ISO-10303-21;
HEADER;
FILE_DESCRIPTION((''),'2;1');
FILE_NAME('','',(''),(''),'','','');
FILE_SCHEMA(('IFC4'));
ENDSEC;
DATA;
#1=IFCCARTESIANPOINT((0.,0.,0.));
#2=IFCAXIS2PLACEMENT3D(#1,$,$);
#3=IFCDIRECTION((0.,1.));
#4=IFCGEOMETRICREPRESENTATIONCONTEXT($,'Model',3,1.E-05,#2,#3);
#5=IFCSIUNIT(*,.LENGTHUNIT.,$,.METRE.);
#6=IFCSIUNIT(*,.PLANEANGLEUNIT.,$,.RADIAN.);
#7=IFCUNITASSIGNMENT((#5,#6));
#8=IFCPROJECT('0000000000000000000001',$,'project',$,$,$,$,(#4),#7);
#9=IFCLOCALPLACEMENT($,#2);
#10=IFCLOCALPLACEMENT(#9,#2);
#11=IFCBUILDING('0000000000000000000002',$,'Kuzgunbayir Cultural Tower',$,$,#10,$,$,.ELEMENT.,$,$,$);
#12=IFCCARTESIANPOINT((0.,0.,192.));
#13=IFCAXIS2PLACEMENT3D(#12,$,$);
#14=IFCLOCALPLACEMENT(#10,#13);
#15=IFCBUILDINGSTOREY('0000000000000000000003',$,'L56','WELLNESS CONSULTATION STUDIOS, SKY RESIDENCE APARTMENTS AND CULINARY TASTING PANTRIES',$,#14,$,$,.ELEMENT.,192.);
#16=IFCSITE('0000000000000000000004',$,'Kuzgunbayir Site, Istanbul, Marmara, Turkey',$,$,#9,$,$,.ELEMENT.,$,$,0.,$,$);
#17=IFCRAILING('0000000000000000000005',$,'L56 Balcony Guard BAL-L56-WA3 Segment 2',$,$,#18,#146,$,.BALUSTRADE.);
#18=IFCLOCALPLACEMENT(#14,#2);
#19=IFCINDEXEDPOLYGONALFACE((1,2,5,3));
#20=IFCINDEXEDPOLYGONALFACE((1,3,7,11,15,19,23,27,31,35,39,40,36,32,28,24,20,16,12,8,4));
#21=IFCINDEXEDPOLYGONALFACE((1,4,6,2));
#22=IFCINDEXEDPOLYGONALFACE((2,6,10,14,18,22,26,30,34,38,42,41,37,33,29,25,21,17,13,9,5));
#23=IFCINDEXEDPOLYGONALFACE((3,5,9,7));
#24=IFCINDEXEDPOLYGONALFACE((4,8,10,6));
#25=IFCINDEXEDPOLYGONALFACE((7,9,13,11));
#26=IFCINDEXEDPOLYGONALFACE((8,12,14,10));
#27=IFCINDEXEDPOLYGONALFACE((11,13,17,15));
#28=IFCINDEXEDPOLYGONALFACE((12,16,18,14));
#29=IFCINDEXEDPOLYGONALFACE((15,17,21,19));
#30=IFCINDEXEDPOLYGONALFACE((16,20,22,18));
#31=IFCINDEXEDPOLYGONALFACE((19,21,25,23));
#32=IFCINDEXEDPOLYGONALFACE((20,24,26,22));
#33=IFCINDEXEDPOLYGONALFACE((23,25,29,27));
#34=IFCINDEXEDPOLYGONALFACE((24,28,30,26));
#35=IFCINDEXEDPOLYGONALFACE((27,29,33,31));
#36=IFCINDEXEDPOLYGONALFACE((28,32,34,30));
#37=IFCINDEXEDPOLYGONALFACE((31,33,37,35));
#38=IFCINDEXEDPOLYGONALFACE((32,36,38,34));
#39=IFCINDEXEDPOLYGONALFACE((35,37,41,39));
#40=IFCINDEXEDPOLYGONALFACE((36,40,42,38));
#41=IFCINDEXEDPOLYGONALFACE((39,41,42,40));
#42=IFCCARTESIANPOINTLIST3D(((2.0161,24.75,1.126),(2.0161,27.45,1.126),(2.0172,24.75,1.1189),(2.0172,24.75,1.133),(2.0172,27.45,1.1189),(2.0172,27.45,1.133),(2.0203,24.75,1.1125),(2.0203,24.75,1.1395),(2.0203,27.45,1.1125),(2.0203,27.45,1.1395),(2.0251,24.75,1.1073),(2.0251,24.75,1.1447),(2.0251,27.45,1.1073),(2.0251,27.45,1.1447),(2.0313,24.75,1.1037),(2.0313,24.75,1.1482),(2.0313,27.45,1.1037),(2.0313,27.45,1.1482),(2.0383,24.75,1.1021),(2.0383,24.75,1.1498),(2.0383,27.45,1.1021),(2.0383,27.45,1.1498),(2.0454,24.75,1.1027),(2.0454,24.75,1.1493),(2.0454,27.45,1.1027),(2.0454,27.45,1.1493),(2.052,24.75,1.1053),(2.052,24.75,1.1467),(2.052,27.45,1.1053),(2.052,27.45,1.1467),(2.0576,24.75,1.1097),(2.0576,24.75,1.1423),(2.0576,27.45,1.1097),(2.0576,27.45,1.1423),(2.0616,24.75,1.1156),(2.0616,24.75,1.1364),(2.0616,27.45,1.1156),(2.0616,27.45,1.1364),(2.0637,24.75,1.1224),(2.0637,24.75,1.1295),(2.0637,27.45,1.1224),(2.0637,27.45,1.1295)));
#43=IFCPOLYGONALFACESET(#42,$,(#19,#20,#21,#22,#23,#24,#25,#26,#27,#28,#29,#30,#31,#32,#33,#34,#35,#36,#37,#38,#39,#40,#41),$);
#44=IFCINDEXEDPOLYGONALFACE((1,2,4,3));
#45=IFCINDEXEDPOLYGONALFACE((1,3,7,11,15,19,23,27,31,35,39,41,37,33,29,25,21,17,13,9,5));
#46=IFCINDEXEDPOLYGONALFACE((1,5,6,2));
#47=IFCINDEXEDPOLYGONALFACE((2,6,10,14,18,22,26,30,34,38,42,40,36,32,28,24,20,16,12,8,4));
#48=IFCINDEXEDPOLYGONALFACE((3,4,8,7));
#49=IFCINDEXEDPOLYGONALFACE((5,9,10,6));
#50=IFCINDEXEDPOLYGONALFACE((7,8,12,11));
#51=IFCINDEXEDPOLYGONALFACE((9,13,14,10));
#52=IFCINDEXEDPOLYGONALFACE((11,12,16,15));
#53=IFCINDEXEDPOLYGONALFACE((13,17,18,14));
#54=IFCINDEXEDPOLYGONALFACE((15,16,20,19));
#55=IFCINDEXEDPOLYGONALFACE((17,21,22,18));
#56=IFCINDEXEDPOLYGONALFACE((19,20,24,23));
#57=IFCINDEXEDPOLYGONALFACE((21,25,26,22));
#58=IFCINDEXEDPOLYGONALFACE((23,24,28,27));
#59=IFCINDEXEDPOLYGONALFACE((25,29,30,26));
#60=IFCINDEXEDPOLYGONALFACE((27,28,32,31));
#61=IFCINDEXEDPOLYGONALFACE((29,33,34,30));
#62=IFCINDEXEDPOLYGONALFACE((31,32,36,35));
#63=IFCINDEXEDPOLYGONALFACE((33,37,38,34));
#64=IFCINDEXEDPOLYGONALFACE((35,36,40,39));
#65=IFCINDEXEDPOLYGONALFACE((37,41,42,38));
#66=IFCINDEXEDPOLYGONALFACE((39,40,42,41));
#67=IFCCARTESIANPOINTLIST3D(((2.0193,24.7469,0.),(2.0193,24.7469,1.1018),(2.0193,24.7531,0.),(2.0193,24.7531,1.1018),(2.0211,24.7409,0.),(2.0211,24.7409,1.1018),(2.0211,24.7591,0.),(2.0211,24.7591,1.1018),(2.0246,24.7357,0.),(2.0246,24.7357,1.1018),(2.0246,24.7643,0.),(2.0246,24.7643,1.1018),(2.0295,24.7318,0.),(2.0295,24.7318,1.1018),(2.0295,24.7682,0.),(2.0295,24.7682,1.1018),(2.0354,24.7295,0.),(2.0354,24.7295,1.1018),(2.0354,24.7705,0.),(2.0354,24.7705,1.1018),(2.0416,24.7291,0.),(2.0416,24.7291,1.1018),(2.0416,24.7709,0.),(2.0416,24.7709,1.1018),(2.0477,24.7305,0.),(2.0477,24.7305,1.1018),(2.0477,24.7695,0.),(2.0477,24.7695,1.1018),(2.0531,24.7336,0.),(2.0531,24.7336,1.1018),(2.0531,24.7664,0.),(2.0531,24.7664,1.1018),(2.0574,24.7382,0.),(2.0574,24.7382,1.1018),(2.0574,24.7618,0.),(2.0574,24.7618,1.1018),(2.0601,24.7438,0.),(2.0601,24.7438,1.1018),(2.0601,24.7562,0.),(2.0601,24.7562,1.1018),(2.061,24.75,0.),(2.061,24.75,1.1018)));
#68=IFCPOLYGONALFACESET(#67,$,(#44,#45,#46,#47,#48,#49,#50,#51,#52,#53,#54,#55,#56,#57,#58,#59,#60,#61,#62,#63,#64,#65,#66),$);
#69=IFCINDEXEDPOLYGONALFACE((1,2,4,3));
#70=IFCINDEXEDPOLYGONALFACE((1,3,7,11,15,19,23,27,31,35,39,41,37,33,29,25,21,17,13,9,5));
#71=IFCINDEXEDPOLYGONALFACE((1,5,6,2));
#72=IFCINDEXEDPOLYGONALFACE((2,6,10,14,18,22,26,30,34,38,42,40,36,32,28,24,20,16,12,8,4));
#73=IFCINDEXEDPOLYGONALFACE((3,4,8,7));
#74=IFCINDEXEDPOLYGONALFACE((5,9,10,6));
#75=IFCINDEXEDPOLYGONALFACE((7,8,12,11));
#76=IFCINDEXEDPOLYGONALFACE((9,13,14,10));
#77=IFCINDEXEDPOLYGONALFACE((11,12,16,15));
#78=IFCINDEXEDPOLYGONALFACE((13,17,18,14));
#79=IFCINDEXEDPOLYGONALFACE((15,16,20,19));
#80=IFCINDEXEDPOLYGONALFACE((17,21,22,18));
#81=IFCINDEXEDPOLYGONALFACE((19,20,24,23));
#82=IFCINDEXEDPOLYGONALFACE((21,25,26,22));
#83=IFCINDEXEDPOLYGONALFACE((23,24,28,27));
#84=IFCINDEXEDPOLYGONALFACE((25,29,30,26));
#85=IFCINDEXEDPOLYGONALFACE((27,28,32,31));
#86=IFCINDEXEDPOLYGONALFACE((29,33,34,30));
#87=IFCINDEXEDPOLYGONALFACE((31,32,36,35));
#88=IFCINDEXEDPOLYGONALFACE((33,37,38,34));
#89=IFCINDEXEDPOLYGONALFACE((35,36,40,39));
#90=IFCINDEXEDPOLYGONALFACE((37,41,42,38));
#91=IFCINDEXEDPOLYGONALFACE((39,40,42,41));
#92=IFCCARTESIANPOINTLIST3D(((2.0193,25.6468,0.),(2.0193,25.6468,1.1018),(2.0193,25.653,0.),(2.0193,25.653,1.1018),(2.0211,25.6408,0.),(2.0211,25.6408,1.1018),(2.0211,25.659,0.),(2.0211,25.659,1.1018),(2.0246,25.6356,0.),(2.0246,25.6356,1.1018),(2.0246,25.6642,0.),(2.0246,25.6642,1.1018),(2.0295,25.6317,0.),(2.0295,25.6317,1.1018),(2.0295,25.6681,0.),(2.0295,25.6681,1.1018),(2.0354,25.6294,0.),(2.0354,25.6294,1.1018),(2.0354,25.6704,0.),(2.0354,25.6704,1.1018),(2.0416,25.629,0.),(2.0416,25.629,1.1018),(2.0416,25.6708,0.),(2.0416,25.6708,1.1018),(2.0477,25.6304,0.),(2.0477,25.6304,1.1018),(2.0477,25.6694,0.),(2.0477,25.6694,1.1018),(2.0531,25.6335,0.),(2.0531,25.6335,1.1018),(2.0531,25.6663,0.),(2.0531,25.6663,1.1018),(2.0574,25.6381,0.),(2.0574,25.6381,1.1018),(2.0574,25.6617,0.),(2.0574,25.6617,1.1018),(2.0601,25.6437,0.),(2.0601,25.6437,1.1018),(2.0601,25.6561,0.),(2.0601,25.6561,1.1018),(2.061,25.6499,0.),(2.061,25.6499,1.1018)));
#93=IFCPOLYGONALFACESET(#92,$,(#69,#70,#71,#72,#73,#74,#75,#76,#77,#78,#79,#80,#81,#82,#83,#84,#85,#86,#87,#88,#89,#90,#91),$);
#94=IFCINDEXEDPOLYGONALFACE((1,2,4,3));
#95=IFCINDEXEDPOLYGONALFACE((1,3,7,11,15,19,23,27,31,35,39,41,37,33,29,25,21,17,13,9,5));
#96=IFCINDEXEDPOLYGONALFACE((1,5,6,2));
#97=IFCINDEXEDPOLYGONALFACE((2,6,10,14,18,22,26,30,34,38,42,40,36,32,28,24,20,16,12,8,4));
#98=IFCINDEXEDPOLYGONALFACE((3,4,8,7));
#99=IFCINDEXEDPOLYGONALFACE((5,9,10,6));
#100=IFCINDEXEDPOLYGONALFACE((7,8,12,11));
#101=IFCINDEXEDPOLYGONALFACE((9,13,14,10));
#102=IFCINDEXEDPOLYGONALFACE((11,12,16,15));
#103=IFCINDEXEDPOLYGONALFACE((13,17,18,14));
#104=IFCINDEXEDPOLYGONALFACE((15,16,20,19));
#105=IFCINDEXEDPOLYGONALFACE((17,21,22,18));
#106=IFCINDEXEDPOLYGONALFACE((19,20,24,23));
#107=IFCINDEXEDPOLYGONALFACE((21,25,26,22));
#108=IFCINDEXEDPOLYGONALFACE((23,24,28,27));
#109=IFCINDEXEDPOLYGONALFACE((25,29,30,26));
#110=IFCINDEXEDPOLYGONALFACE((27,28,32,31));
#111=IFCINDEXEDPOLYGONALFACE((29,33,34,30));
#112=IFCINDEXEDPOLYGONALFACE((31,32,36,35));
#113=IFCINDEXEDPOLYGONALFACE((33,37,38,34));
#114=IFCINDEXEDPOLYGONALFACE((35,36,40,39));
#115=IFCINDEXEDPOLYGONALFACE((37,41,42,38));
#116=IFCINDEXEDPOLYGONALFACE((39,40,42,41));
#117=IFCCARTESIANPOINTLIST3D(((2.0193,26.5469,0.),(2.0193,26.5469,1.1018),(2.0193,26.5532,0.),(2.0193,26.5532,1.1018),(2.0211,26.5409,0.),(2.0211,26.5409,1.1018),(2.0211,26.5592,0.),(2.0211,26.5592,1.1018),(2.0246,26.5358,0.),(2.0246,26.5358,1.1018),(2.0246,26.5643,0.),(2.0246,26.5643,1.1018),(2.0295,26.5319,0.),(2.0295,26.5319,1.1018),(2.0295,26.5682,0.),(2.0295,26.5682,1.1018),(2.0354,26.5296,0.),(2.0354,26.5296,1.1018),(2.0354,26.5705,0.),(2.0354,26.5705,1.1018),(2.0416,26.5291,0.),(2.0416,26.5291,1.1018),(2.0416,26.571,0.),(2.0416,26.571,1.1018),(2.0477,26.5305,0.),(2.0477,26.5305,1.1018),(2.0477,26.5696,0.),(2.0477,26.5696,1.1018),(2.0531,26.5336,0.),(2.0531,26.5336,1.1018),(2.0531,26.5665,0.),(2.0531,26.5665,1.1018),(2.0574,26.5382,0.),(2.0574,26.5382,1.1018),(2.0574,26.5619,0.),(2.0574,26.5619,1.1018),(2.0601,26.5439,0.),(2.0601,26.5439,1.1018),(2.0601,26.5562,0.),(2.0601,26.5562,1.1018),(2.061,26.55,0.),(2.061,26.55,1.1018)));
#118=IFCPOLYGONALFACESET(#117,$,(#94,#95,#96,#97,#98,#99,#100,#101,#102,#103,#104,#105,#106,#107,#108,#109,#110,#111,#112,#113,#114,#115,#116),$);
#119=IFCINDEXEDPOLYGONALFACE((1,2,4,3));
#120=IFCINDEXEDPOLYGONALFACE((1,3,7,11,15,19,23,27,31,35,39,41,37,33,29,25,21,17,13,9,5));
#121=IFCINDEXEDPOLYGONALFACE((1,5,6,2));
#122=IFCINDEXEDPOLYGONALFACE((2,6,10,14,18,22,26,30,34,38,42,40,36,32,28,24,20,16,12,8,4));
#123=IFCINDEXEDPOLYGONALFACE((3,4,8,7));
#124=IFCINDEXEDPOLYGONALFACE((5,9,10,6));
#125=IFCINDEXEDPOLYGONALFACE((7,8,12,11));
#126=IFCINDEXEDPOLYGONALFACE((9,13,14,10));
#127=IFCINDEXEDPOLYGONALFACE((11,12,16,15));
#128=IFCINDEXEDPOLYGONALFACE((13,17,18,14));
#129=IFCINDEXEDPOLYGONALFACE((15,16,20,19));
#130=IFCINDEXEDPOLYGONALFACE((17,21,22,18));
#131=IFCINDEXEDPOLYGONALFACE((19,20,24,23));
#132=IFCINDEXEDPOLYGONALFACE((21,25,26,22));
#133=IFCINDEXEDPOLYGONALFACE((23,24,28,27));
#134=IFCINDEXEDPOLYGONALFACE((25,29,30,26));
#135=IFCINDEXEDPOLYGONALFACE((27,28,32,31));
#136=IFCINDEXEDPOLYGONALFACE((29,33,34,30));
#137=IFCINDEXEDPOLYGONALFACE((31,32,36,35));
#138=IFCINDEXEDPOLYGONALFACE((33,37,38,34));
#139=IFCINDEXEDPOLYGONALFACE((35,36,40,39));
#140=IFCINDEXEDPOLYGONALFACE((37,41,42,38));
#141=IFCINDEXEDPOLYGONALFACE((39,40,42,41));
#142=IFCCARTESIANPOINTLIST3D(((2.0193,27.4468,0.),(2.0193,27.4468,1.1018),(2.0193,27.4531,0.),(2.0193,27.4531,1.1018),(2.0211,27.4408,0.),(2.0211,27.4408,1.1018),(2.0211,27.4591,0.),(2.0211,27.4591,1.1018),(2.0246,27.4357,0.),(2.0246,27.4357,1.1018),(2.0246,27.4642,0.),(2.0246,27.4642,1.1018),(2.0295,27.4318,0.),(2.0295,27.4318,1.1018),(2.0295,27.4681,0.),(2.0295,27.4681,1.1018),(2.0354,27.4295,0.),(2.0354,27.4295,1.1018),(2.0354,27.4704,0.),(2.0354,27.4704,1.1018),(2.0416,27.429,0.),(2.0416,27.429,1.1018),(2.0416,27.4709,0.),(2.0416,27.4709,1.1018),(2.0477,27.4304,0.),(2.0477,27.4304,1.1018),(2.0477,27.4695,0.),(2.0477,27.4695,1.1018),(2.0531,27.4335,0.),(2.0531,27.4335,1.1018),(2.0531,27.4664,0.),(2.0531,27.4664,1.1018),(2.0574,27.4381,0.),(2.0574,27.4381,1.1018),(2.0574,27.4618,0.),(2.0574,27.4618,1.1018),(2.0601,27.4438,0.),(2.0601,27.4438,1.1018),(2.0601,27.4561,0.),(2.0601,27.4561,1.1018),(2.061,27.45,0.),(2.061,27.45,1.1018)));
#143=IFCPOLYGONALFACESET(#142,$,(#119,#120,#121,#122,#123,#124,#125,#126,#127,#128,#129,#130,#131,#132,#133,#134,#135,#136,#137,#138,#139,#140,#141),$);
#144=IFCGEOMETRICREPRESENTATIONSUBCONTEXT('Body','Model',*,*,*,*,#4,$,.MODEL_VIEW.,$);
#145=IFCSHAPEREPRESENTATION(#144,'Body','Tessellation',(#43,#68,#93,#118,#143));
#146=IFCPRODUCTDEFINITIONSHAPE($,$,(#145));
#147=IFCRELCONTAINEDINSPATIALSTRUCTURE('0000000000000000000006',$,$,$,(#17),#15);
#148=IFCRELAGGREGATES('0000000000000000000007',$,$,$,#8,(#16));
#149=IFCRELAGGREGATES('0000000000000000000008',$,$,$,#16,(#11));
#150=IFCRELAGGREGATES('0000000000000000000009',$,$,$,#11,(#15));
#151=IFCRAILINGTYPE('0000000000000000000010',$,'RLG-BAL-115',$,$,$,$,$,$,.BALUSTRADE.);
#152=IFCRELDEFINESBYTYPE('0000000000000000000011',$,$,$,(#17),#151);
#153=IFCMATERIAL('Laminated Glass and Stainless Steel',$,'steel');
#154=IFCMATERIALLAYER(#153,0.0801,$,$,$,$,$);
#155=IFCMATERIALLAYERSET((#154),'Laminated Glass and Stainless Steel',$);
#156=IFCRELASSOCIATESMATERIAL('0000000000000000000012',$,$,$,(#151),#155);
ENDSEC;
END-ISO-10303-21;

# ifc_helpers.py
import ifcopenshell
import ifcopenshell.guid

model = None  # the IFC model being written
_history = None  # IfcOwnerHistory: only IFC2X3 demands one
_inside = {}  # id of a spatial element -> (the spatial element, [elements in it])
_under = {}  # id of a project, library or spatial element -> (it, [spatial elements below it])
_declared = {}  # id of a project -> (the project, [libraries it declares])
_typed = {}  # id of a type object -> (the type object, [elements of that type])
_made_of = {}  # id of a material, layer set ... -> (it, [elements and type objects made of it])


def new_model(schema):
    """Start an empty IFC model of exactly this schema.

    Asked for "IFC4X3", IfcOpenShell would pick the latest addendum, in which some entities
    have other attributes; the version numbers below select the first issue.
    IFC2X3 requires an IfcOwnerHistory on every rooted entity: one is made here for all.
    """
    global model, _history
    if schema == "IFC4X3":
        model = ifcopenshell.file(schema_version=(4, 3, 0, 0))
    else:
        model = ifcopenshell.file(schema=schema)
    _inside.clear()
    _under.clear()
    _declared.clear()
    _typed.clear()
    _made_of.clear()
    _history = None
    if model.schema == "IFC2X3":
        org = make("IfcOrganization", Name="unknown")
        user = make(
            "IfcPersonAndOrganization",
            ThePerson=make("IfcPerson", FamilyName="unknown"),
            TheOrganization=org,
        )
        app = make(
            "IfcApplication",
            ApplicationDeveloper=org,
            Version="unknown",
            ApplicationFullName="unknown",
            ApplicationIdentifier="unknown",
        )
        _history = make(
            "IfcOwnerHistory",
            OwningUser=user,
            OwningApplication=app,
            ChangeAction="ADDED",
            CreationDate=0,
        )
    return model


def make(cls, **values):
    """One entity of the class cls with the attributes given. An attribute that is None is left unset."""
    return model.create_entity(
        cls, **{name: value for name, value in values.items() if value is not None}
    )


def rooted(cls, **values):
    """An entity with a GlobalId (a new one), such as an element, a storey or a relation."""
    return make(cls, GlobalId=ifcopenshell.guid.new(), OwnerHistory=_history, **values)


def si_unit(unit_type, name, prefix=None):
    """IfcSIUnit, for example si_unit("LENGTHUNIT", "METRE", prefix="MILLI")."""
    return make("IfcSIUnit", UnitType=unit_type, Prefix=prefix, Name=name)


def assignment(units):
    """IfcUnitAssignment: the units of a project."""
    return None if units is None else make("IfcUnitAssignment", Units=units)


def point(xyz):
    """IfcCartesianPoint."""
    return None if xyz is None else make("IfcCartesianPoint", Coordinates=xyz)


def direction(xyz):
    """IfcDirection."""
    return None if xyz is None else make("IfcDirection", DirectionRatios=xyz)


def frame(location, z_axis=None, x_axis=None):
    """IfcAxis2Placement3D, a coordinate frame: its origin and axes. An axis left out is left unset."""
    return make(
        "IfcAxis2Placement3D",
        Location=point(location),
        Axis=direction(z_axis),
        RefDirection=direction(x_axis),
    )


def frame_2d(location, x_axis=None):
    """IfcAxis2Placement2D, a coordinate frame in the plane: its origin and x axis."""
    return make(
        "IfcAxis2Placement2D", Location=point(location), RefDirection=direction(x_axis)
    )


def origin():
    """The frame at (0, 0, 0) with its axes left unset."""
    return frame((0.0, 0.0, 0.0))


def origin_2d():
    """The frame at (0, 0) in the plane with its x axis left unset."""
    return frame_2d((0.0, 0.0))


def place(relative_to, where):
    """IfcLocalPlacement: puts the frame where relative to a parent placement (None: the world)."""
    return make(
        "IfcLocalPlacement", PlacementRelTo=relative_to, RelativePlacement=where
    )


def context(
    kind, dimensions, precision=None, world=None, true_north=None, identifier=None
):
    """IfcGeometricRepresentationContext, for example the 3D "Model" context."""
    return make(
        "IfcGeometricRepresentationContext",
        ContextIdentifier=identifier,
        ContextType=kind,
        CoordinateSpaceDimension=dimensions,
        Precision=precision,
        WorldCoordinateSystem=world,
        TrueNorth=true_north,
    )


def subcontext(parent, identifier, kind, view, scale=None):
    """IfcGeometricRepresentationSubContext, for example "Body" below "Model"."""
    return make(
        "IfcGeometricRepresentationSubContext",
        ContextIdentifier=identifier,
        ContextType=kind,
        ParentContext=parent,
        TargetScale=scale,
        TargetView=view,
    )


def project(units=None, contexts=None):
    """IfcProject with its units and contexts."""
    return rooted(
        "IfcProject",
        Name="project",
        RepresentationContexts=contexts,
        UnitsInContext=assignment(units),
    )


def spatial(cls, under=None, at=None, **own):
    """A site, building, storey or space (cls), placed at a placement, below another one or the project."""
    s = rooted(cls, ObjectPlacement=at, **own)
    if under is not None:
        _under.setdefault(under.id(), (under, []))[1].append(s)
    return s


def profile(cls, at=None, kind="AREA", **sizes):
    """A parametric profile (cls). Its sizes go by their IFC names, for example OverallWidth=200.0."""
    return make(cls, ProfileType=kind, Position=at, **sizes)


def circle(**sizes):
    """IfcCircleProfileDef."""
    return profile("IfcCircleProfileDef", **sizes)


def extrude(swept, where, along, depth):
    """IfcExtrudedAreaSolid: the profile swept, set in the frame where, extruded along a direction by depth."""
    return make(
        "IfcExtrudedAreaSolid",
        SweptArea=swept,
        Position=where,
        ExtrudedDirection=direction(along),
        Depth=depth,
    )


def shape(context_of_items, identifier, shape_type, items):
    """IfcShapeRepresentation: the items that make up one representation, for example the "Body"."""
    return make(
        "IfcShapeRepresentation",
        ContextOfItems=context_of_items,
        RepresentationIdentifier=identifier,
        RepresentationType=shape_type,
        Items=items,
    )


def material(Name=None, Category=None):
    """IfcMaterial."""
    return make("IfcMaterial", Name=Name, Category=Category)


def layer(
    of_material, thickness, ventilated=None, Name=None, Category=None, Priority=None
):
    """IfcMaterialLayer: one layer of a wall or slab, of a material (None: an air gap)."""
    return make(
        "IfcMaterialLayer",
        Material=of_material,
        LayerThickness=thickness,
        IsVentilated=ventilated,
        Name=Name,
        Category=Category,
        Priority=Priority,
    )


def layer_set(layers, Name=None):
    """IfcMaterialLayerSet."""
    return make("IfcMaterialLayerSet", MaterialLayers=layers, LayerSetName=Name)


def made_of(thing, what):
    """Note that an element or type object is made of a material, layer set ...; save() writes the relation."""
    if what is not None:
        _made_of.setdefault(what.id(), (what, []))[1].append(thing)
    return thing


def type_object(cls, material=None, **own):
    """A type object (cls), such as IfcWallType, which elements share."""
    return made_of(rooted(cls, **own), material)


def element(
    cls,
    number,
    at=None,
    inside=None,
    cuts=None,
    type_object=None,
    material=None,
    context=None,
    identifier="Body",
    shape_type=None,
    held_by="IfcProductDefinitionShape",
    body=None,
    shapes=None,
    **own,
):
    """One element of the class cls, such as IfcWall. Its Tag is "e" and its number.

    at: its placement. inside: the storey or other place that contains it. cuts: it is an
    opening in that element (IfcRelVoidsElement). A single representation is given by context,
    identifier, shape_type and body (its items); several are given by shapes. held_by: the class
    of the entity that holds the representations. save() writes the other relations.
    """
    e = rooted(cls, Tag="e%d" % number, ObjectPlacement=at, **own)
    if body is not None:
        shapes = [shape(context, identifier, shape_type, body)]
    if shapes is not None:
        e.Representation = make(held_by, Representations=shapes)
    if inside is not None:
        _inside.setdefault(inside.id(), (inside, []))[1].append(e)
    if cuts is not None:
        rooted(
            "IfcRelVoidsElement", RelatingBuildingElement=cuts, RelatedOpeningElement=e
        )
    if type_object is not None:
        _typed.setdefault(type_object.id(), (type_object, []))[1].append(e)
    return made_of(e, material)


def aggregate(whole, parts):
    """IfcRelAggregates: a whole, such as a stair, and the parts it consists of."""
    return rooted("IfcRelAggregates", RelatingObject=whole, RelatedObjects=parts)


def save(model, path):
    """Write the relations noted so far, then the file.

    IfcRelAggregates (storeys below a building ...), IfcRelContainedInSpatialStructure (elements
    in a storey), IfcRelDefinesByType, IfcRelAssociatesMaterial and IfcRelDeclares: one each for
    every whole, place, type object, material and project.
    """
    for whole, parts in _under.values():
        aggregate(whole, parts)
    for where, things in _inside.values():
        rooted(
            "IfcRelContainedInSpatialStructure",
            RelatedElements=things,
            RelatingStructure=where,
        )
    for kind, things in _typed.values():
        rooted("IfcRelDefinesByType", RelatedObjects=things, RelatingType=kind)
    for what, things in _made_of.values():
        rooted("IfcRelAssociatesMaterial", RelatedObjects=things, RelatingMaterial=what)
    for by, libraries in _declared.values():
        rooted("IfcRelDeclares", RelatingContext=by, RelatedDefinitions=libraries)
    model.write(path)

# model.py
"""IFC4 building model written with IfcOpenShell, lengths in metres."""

from ifc_helpers import new_model, si_unit, direction, frame, origin, origin_2d, place, context, subcontext, project, spatial, circle, extrude, material, layer, layer_set, type_object, element, save


model = new_model("IFC4")

# Units and contexts
model_context = context("Model", 3, precision=1e-05, world=origin(), true_north=direction((0.0, 1.0)))
body_context = subcontext(model_context, "Body", "Model", "MODEL_VIEW")
ifc_project = project(units=[si_unit("LENGTHUNIT", "METRE"), si_unit("PLANEANGLEUNIT", "RADIAN")], contexts=[model_context])

# Site, building, storey
site_placement = place(None, origin())
site = spatial("IfcSite", under=ifc_project, at=site_placement, Name="Kuzgunbayir Site, Istanbul, Marmara, Turkey", CompositionType="ELEMENT", RefElevation=0.0)
building_placement = place(site_placement, origin())
building = spatial("IfcBuilding", under=site, at=building_placement, Name="Kuzgunbayir Cultural Tower", CompositionType="ELEMENT")
storey_placement = place(building_placement, frame((0.0, 0.0, 192.0)))
storey = spatial("IfcBuildingStorey", under=building, at=storey_placement, Name="L56", Description="WELLNESS CONSULTATION STUDIOS, SKY RESIDENCE APARTMENTS AND CULINARY TASTING PANTRIES", CompositionType="ELEMENT", Elevation=192.0)

# Railing
ifc_material_1 = material(Name="Laminated Glass and Stainless Steel", Category="steel")
ifc_layer_1 = layer(ifc_material_1, 0.0801)
ifc_layer_set_1 = layer_set([ifc_layer_1], Name="Laminated Glass and Stainless Steel")
railing_type = type_object("IfcRailingType", Name="RLG-BAL-115", PredefinedType="BALUSTRADE", material=ifc_layer_set_1)
railing_1_placement = place(storey_placement, frame((2.04, 24.75, 0.0)))
element("IfcRailing", 1, at=railing_1_placement, inside=storey, type_object=railing_type, Name="L56 Balcony Guard BAL-L56-WA3 Segment 2", PredefinedType="BALUSTRADE", context=body_context, shape_type="SweptSolid", body=[
    extrude(circle(Radius=0.0239, at=origin_2d()), frame((0.0, 0.0, 1.126), z_axis=(0.0, 1.0, 0.0), x_axis=(-1.0, 0.0, 0.0)), (0.0, 0.0, 1.0), 2.7),
    extrude(circle(Radius=0.021, at=origin_2d()), origin(), (0.0, 0.0, 1.0), 1.1018),
    extrude(circle(Radius=0.021, at=origin_2d()), frame((0.0, 0.8999, 0.0)), (0.0, 0.0, 1.0), 1.1018),
    extrude(circle(Radius=0.021, at=origin_2d()), frame((0.0, 1.8, 0.0)), (0.0, 0.0, 1.0), 1.1018),
    extrude(circle(Radius=0.021, at=origin_2d()), frame((0.0, 2.7, 0.0)), (0.0, 0.0, 1.0), 1.1018),
])

save(model, "model.ifc")
